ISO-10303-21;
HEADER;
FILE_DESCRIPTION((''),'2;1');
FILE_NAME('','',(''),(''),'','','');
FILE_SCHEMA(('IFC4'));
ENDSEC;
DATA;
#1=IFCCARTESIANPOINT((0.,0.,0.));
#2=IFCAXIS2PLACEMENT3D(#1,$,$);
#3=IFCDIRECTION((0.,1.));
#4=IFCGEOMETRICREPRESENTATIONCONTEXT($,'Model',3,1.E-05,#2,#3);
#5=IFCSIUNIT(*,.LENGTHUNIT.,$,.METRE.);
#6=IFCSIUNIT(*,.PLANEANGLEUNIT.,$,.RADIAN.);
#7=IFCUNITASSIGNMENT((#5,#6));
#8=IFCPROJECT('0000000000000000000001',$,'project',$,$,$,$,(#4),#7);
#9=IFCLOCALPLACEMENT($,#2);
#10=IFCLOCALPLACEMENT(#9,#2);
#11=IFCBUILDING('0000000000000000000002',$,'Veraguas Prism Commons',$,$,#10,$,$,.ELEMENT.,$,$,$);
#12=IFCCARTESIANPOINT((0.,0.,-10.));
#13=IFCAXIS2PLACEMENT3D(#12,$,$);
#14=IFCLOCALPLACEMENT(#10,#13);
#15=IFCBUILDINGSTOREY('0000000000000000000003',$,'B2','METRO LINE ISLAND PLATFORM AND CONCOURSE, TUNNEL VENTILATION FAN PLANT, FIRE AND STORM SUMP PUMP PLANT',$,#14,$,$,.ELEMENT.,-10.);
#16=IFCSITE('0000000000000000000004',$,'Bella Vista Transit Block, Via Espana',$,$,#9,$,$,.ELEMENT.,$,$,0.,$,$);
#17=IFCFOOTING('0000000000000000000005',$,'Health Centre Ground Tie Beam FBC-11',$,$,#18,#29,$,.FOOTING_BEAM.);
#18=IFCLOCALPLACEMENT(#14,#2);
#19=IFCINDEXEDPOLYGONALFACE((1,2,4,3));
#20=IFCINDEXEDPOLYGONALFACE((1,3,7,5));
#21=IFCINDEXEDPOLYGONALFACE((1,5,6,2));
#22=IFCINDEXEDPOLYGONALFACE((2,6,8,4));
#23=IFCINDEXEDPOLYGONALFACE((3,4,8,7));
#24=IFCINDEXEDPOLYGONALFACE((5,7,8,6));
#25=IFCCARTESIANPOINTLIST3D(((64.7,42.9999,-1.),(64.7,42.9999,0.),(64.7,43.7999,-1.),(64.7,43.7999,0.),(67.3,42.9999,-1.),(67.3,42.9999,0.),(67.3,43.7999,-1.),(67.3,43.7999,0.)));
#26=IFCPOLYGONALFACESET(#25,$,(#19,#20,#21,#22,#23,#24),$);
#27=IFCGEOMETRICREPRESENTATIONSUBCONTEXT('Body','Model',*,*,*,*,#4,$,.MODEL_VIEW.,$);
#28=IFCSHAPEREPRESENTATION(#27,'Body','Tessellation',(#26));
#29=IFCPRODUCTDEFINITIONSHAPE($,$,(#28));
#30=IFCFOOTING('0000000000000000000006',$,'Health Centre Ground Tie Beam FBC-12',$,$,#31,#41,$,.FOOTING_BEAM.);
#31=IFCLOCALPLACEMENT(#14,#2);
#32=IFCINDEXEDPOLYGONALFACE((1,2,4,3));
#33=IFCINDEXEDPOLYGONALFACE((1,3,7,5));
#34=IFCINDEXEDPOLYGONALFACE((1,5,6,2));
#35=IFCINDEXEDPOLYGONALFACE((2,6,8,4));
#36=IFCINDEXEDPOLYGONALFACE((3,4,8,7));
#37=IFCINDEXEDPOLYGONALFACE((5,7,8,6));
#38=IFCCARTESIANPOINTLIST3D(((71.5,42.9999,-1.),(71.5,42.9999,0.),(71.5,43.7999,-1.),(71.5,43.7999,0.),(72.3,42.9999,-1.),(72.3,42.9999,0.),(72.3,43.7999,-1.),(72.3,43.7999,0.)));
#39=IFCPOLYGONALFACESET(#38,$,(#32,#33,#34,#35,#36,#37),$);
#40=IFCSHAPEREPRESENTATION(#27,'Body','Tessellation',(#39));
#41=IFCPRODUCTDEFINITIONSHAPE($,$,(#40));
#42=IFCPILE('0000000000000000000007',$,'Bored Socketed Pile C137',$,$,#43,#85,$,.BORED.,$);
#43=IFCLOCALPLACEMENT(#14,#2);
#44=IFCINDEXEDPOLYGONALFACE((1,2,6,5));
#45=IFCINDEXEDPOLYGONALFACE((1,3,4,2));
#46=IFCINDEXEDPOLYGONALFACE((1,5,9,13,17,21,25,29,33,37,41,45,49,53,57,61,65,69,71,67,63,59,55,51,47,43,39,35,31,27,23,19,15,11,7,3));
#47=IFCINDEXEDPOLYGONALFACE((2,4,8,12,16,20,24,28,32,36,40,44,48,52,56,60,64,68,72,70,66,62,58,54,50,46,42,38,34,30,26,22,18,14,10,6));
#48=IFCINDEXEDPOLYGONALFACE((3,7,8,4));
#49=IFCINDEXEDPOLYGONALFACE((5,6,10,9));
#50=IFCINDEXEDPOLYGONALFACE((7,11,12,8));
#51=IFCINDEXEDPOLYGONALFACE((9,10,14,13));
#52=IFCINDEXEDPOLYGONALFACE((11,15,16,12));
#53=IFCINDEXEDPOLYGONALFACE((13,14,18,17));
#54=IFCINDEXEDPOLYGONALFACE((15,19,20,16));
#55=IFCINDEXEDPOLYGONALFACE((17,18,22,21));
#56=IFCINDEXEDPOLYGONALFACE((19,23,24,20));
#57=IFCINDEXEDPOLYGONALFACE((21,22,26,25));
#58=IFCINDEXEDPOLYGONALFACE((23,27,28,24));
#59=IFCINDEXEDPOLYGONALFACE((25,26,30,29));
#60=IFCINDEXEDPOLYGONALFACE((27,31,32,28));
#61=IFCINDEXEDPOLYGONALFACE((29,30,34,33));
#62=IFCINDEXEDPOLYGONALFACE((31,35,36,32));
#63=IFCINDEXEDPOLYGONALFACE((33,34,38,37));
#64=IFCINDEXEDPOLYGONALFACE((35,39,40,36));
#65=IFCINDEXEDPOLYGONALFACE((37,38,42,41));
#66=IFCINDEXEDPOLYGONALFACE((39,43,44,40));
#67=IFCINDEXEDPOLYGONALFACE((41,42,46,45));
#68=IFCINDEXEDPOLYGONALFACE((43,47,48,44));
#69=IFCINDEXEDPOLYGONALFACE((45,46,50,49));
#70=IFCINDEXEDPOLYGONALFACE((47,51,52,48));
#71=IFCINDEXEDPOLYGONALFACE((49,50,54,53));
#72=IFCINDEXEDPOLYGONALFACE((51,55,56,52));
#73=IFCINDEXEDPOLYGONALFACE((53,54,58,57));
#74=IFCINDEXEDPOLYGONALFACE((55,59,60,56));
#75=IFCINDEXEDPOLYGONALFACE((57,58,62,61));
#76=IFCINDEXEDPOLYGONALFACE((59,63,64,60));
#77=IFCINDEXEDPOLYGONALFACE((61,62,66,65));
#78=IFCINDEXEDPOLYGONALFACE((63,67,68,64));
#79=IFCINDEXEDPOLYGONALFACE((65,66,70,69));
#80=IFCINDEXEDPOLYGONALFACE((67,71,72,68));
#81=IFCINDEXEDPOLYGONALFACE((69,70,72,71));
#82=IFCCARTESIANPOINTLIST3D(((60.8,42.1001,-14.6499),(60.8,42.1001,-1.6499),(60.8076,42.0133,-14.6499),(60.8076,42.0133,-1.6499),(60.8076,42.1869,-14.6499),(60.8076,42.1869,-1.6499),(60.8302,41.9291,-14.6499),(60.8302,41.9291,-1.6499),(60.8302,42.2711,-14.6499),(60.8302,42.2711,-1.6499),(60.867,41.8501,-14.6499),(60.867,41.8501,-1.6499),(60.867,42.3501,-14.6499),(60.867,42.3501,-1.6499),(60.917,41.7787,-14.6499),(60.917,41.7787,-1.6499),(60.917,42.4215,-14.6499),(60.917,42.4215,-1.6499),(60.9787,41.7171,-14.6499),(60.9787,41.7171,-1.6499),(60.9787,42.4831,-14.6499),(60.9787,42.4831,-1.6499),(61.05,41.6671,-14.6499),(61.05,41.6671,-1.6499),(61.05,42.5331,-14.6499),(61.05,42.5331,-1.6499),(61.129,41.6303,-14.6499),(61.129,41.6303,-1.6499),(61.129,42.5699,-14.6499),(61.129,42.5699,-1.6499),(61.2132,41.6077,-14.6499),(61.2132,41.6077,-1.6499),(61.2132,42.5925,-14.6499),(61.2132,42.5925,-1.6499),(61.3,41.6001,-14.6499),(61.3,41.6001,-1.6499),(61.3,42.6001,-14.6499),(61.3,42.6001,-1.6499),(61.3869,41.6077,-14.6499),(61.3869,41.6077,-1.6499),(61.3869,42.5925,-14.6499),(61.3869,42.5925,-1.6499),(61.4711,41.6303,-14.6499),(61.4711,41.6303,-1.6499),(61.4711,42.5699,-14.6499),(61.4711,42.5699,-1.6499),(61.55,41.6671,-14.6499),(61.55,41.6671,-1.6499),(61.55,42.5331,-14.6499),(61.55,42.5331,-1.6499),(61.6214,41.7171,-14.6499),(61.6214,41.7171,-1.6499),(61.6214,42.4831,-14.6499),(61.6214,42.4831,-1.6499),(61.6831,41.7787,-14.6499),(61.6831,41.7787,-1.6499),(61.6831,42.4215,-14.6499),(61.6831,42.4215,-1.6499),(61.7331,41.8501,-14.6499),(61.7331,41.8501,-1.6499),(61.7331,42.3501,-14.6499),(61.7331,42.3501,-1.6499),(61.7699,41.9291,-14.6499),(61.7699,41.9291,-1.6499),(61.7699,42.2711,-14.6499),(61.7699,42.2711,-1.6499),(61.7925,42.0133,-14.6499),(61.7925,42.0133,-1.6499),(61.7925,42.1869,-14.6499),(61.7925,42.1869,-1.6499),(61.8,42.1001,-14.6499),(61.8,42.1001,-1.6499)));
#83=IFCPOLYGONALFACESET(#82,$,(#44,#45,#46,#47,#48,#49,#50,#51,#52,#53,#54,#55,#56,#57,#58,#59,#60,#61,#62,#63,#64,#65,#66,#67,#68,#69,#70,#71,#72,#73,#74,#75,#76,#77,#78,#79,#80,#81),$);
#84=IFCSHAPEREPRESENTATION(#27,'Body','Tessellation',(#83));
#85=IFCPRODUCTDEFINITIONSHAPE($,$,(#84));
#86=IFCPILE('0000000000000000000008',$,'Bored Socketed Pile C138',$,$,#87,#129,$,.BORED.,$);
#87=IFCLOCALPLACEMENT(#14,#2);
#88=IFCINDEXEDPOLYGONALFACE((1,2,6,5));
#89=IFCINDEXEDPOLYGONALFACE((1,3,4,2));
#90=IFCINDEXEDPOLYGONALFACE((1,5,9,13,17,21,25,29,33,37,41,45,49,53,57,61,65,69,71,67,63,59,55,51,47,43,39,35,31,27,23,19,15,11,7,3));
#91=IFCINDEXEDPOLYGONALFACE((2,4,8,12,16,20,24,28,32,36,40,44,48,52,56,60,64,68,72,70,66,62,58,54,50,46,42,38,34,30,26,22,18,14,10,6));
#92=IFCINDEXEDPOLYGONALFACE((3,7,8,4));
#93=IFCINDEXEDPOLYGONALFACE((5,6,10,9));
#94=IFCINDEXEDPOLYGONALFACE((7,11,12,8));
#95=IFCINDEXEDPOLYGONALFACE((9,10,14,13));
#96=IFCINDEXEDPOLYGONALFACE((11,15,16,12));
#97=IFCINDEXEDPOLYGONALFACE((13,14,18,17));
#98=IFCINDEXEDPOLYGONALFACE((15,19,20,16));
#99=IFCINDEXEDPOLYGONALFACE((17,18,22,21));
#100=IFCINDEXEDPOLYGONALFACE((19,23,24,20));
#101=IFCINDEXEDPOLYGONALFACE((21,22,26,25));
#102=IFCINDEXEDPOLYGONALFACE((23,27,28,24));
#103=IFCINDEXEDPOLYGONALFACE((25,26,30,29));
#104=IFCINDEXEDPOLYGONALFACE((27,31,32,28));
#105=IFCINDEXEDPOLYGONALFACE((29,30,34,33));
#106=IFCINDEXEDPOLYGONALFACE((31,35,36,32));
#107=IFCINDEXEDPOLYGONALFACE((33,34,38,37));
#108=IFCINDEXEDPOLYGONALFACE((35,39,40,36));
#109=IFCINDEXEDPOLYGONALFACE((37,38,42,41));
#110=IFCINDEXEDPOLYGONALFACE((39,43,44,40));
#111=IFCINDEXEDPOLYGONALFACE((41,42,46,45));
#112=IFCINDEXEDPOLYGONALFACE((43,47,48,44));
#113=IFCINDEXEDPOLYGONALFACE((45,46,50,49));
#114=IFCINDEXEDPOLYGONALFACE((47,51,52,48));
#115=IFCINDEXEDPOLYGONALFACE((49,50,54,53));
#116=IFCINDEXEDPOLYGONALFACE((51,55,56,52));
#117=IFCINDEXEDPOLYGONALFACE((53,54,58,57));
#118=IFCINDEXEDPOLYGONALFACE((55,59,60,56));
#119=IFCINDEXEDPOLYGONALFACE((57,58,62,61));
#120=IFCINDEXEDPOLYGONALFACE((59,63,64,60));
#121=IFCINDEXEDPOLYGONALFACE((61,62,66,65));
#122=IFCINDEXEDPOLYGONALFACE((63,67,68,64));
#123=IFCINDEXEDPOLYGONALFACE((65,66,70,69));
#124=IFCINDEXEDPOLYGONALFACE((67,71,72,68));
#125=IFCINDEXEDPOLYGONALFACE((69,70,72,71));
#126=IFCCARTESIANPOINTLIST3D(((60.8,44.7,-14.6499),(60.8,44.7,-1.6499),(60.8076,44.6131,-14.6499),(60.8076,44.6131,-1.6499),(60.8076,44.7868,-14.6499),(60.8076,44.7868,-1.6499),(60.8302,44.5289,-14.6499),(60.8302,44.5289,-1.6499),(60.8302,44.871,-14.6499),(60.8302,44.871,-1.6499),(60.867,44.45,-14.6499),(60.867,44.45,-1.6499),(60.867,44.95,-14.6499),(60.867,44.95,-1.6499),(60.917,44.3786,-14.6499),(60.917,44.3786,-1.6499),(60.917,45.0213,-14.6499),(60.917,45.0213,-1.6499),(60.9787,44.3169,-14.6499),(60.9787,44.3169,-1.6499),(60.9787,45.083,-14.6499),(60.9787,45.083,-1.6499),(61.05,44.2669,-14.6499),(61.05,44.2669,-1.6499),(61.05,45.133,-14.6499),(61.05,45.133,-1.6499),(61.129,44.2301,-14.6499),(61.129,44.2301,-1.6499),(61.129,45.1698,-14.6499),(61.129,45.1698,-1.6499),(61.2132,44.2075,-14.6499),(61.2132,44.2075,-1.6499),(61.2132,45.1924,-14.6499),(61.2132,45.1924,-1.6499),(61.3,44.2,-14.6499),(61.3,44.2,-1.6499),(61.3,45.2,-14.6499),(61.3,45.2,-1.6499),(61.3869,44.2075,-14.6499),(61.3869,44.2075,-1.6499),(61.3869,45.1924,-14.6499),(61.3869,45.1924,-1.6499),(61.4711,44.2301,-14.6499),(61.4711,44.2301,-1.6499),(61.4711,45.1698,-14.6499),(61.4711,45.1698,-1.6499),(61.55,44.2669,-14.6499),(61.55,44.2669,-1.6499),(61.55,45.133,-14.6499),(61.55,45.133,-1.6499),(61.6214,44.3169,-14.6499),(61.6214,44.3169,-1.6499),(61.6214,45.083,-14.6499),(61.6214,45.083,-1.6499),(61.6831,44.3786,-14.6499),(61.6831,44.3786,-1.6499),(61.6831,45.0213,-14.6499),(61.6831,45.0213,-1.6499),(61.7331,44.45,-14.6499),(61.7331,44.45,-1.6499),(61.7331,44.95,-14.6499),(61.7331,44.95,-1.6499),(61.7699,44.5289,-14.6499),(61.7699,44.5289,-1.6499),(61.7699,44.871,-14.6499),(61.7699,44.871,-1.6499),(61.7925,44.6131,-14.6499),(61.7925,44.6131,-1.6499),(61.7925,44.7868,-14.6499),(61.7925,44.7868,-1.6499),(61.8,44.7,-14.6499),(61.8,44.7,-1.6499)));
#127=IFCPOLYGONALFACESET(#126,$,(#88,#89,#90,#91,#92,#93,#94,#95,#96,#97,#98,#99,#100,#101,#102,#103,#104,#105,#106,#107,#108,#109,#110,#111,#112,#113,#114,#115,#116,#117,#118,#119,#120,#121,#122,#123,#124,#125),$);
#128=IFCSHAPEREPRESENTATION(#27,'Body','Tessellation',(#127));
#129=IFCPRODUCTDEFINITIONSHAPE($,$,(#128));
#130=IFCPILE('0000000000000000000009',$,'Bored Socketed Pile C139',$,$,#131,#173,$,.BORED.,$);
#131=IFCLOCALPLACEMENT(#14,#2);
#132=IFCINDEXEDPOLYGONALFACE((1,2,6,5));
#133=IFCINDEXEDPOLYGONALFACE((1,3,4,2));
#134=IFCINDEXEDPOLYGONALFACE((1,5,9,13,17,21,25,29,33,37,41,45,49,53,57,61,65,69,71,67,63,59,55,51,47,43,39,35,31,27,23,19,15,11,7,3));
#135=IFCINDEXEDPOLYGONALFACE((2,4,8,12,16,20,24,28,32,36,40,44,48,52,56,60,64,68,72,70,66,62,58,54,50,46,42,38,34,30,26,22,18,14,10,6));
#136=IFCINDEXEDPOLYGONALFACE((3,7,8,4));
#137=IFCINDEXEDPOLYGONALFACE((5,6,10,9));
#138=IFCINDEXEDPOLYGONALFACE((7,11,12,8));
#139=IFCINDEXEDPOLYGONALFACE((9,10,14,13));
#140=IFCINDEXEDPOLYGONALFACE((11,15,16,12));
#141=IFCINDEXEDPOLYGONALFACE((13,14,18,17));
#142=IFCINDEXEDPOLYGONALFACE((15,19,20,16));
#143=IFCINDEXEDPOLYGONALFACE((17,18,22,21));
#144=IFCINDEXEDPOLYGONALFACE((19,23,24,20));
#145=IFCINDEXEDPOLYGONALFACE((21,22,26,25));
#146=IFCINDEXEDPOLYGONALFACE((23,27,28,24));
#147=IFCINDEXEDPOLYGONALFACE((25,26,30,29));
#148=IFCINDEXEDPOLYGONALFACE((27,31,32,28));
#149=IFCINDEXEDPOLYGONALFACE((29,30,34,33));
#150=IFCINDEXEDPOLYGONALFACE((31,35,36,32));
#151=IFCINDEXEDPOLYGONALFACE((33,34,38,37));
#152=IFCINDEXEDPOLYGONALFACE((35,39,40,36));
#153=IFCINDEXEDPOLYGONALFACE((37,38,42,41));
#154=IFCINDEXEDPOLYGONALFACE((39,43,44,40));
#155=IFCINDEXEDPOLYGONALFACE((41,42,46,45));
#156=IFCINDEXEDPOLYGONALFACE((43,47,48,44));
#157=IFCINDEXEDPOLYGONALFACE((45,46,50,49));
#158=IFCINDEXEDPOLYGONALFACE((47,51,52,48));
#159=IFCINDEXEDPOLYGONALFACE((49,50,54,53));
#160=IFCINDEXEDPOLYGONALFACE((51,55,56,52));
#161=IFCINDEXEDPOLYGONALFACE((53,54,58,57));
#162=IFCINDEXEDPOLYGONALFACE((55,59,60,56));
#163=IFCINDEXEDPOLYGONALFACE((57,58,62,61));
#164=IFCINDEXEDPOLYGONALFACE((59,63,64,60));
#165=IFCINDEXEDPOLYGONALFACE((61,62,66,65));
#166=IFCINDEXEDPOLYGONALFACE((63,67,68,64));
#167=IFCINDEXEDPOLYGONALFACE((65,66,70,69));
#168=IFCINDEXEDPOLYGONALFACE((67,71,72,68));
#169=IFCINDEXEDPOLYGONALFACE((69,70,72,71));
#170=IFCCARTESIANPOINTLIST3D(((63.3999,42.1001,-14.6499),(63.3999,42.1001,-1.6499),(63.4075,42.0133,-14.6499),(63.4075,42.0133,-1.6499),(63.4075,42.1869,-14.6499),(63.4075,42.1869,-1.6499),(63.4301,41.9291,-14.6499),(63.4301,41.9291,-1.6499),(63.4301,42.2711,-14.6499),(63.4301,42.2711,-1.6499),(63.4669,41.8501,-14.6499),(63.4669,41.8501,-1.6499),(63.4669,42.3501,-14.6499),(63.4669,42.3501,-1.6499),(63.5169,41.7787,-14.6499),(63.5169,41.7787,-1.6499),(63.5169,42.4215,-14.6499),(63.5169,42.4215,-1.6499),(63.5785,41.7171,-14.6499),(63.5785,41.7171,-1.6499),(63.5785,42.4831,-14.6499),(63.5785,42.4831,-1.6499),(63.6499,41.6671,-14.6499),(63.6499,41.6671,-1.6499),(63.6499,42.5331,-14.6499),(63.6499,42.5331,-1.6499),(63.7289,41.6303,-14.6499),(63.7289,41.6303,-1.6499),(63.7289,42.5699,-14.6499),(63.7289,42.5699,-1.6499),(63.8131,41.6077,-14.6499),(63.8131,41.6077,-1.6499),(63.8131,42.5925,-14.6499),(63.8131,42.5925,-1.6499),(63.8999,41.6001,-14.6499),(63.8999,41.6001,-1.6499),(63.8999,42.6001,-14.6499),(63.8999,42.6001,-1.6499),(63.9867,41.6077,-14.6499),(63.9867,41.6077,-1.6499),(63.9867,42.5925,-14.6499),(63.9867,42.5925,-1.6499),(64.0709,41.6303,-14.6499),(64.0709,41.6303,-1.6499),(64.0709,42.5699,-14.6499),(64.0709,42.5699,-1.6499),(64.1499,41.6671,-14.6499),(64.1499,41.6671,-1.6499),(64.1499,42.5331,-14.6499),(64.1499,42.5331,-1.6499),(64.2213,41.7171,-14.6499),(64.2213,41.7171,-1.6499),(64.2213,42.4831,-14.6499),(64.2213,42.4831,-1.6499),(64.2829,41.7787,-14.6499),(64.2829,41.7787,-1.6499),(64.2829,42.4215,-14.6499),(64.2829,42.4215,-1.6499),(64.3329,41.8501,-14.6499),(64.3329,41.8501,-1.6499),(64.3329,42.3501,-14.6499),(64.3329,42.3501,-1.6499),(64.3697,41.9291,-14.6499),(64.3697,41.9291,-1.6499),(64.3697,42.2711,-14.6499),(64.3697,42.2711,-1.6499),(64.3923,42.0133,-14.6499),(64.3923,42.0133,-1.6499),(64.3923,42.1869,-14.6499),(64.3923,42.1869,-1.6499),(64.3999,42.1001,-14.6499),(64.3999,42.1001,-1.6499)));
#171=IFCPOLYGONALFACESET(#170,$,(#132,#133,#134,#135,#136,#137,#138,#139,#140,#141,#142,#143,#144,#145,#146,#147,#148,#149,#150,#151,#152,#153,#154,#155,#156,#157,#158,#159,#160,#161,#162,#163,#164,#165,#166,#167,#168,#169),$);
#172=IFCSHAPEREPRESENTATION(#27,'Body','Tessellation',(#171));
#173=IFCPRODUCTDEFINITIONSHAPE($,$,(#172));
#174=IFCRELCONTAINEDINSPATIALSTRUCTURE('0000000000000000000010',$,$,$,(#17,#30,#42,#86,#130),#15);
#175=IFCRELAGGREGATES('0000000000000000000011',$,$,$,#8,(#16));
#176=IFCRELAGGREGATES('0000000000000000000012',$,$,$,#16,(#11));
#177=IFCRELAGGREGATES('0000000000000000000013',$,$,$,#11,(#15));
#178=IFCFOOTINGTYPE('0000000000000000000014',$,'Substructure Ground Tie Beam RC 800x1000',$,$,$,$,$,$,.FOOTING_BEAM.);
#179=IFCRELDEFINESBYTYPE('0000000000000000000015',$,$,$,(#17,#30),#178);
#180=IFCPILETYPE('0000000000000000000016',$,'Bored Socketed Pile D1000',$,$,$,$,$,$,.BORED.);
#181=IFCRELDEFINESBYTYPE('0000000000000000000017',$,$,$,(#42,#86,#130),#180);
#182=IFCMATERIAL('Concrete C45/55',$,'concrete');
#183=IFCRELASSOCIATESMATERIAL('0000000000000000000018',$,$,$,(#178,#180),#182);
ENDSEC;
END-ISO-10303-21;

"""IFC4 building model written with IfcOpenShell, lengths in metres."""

from ifc_helpers import new_model, si_unit, direction, frame, origin, origin_2d, place, context, subcontext, project, spatial, rectangle, circle, extrude, source, transform, mapped, material, material_profile, profile_set, type_object, element, save


model = new_model("IFC4")

# Units and contexts
model_context = context("Model", 3, precision=1e-05, world=origin(), true_north=direction((0.0, 1.0)))
body_context = subcontext(model_context, "Body", "Model", "MODEL_VIEW")
ifc_project = project(units=[si_unit("LENGTHUNIT", "METRE"), si_unit("PLANEANGLEUNIT", "RADIAN")], contexts=[model_context])

# Site, building, storey
site_placement = place(None, origin())
site = spatial("IfcSite", under=ifc_project, at=site_placement, Name="Bella Vista Transit Block, Via Espana", CompositionType="ELEMENT", RefElevation=0.0)
building_placement = place(site_placement, origin())
building = spatial("IfcBuilding", under=site, at=building_placement, Name="Veraguas Prism Commons", CompositionType="ELEMENT")
storey_placement = place(building_placement, frame((0.0, 0.0, -10.0)))
storey = spatial("IfcBuildingStorey", under=building, at=storey_placement, Name="B2", Description="METRO LINE ISLAND PLATFORM AND CONCOURSE, TUNNEL VENTILATION FAN PLANT, FIRE AND STORM SUMP PUMP PLANT", CompositionType="ELEMENT", Elevation=-10.0)

# Footings
ifc_material_1 = material(Name="Concrete C45/55", Category="concrete")
ifc_material_profile_1 = material_profile(ifc_material_1, rectangle(XDim=0.8, YDim=1.0, at=origin_2d()), Name="RC800X1000")
ifc_profile_set_1 = profile_set([ifc_material_profile_1], Name="Concrete C45/55")
footing_type_1 = type_object("IfcFootingType", Name="Substructure Ground Tie Beam RC 800x1000", PredefinedType="FOOTING_BEAM", material=ifc_profile_set_1)
footing_1_placement = place(storey_placement, frame((64.7, 43.3999, -0.5), z_axis=(1.0, 0.0, 0.0), x_axis=(0.0, 1.0, 0.0)))
element("IfcFooting", 1, at=footing_1_placement, inside=storey, type_object=footing_type_1, Name="Health Centre Ground Tie Beam FBC-11", PredefinedType="FOOTING_BEAM", context=body_context, shape_type="SweptSolid", body=[
    extrude(rectangle(XDim=0.8, YDim=1.0, at=origin_2d()), origin(), (0.0, 0.0, 1.0), 2.6001),
])
footing_2_placement = place(storey_placement, frame((71.5, 43.3999, -0.5), z_axis=(1.0, 0.0, 0.0), x_axis=(0.0, 1.0, 0.0)))
element("IfcFooting", 2, at=footing_2_placement, inside=storey, type_object=footing_type_1, Name="Health Centre Ground Tie Beam FBC-12", PredefinedType="FOOTING_BEAM", context=body_context, shape_type="SweptSolid", body=[
    extrude(rectangle(XDim=0.8, YDim=1.0, at=origin_2d()), origin(), (0.0, 0.0, 1.0), 0.8),
])

# Piles
ifc_material_profile_2 = material_profile(ifc_material_1, circle(Radius=0.5, at=origin_2d()), Name="PILE1000")
ifc_profile_set_2 = profile_set([ifc_material_profile_2], Name="Concrete C45/55")
pile_type = type_object("IfcPileType", Name="Bored Socketed Pile D1000", PredefinedType="BORED", material=ifc_profile_set_2)
shared_shape_1 = source(origin(), body_context, "Body", "SweptSolid", [
    extrude(circle(Radius=0.5, at=origin_2d()), origin(), (0.0, 0.0, 1.0), 13.0),
])
for number, where, z_axis, x_axis, name in (
    (3, (61.3, 42.1001, -1.6499), (0.0, 0.0, -1.0), (1.0, 0.0, 0.0), "Bored Socketed Pile C137"),
    (4, (61.3, 44.7, -1.6499), (0.0, 0.0, -1.0), (1.0, 0.0, 0.0), "Bored Socketed Pile C138"),
    (5, (63.8999, 42.1001, -1.6499), (0.0, 0.0, -1.0), (1.0, 0.0, 0.0), "Bored Socketed Pile C139"),
):
    element("IfcPile", number, at=place(storey_placement, frame(where, z_axis=z_axis, x_axis=x_axis)), inside=storey, type_object=pile_type, Name=name, PredefinedType="BORED", context=body_context, shape_type="MappedRepresentation", body=[
        mapped(shared_shape_1, transform((0.0, 0.0, 0.0), scale=1.0)),
    ])

save(model, "model.ifc")
